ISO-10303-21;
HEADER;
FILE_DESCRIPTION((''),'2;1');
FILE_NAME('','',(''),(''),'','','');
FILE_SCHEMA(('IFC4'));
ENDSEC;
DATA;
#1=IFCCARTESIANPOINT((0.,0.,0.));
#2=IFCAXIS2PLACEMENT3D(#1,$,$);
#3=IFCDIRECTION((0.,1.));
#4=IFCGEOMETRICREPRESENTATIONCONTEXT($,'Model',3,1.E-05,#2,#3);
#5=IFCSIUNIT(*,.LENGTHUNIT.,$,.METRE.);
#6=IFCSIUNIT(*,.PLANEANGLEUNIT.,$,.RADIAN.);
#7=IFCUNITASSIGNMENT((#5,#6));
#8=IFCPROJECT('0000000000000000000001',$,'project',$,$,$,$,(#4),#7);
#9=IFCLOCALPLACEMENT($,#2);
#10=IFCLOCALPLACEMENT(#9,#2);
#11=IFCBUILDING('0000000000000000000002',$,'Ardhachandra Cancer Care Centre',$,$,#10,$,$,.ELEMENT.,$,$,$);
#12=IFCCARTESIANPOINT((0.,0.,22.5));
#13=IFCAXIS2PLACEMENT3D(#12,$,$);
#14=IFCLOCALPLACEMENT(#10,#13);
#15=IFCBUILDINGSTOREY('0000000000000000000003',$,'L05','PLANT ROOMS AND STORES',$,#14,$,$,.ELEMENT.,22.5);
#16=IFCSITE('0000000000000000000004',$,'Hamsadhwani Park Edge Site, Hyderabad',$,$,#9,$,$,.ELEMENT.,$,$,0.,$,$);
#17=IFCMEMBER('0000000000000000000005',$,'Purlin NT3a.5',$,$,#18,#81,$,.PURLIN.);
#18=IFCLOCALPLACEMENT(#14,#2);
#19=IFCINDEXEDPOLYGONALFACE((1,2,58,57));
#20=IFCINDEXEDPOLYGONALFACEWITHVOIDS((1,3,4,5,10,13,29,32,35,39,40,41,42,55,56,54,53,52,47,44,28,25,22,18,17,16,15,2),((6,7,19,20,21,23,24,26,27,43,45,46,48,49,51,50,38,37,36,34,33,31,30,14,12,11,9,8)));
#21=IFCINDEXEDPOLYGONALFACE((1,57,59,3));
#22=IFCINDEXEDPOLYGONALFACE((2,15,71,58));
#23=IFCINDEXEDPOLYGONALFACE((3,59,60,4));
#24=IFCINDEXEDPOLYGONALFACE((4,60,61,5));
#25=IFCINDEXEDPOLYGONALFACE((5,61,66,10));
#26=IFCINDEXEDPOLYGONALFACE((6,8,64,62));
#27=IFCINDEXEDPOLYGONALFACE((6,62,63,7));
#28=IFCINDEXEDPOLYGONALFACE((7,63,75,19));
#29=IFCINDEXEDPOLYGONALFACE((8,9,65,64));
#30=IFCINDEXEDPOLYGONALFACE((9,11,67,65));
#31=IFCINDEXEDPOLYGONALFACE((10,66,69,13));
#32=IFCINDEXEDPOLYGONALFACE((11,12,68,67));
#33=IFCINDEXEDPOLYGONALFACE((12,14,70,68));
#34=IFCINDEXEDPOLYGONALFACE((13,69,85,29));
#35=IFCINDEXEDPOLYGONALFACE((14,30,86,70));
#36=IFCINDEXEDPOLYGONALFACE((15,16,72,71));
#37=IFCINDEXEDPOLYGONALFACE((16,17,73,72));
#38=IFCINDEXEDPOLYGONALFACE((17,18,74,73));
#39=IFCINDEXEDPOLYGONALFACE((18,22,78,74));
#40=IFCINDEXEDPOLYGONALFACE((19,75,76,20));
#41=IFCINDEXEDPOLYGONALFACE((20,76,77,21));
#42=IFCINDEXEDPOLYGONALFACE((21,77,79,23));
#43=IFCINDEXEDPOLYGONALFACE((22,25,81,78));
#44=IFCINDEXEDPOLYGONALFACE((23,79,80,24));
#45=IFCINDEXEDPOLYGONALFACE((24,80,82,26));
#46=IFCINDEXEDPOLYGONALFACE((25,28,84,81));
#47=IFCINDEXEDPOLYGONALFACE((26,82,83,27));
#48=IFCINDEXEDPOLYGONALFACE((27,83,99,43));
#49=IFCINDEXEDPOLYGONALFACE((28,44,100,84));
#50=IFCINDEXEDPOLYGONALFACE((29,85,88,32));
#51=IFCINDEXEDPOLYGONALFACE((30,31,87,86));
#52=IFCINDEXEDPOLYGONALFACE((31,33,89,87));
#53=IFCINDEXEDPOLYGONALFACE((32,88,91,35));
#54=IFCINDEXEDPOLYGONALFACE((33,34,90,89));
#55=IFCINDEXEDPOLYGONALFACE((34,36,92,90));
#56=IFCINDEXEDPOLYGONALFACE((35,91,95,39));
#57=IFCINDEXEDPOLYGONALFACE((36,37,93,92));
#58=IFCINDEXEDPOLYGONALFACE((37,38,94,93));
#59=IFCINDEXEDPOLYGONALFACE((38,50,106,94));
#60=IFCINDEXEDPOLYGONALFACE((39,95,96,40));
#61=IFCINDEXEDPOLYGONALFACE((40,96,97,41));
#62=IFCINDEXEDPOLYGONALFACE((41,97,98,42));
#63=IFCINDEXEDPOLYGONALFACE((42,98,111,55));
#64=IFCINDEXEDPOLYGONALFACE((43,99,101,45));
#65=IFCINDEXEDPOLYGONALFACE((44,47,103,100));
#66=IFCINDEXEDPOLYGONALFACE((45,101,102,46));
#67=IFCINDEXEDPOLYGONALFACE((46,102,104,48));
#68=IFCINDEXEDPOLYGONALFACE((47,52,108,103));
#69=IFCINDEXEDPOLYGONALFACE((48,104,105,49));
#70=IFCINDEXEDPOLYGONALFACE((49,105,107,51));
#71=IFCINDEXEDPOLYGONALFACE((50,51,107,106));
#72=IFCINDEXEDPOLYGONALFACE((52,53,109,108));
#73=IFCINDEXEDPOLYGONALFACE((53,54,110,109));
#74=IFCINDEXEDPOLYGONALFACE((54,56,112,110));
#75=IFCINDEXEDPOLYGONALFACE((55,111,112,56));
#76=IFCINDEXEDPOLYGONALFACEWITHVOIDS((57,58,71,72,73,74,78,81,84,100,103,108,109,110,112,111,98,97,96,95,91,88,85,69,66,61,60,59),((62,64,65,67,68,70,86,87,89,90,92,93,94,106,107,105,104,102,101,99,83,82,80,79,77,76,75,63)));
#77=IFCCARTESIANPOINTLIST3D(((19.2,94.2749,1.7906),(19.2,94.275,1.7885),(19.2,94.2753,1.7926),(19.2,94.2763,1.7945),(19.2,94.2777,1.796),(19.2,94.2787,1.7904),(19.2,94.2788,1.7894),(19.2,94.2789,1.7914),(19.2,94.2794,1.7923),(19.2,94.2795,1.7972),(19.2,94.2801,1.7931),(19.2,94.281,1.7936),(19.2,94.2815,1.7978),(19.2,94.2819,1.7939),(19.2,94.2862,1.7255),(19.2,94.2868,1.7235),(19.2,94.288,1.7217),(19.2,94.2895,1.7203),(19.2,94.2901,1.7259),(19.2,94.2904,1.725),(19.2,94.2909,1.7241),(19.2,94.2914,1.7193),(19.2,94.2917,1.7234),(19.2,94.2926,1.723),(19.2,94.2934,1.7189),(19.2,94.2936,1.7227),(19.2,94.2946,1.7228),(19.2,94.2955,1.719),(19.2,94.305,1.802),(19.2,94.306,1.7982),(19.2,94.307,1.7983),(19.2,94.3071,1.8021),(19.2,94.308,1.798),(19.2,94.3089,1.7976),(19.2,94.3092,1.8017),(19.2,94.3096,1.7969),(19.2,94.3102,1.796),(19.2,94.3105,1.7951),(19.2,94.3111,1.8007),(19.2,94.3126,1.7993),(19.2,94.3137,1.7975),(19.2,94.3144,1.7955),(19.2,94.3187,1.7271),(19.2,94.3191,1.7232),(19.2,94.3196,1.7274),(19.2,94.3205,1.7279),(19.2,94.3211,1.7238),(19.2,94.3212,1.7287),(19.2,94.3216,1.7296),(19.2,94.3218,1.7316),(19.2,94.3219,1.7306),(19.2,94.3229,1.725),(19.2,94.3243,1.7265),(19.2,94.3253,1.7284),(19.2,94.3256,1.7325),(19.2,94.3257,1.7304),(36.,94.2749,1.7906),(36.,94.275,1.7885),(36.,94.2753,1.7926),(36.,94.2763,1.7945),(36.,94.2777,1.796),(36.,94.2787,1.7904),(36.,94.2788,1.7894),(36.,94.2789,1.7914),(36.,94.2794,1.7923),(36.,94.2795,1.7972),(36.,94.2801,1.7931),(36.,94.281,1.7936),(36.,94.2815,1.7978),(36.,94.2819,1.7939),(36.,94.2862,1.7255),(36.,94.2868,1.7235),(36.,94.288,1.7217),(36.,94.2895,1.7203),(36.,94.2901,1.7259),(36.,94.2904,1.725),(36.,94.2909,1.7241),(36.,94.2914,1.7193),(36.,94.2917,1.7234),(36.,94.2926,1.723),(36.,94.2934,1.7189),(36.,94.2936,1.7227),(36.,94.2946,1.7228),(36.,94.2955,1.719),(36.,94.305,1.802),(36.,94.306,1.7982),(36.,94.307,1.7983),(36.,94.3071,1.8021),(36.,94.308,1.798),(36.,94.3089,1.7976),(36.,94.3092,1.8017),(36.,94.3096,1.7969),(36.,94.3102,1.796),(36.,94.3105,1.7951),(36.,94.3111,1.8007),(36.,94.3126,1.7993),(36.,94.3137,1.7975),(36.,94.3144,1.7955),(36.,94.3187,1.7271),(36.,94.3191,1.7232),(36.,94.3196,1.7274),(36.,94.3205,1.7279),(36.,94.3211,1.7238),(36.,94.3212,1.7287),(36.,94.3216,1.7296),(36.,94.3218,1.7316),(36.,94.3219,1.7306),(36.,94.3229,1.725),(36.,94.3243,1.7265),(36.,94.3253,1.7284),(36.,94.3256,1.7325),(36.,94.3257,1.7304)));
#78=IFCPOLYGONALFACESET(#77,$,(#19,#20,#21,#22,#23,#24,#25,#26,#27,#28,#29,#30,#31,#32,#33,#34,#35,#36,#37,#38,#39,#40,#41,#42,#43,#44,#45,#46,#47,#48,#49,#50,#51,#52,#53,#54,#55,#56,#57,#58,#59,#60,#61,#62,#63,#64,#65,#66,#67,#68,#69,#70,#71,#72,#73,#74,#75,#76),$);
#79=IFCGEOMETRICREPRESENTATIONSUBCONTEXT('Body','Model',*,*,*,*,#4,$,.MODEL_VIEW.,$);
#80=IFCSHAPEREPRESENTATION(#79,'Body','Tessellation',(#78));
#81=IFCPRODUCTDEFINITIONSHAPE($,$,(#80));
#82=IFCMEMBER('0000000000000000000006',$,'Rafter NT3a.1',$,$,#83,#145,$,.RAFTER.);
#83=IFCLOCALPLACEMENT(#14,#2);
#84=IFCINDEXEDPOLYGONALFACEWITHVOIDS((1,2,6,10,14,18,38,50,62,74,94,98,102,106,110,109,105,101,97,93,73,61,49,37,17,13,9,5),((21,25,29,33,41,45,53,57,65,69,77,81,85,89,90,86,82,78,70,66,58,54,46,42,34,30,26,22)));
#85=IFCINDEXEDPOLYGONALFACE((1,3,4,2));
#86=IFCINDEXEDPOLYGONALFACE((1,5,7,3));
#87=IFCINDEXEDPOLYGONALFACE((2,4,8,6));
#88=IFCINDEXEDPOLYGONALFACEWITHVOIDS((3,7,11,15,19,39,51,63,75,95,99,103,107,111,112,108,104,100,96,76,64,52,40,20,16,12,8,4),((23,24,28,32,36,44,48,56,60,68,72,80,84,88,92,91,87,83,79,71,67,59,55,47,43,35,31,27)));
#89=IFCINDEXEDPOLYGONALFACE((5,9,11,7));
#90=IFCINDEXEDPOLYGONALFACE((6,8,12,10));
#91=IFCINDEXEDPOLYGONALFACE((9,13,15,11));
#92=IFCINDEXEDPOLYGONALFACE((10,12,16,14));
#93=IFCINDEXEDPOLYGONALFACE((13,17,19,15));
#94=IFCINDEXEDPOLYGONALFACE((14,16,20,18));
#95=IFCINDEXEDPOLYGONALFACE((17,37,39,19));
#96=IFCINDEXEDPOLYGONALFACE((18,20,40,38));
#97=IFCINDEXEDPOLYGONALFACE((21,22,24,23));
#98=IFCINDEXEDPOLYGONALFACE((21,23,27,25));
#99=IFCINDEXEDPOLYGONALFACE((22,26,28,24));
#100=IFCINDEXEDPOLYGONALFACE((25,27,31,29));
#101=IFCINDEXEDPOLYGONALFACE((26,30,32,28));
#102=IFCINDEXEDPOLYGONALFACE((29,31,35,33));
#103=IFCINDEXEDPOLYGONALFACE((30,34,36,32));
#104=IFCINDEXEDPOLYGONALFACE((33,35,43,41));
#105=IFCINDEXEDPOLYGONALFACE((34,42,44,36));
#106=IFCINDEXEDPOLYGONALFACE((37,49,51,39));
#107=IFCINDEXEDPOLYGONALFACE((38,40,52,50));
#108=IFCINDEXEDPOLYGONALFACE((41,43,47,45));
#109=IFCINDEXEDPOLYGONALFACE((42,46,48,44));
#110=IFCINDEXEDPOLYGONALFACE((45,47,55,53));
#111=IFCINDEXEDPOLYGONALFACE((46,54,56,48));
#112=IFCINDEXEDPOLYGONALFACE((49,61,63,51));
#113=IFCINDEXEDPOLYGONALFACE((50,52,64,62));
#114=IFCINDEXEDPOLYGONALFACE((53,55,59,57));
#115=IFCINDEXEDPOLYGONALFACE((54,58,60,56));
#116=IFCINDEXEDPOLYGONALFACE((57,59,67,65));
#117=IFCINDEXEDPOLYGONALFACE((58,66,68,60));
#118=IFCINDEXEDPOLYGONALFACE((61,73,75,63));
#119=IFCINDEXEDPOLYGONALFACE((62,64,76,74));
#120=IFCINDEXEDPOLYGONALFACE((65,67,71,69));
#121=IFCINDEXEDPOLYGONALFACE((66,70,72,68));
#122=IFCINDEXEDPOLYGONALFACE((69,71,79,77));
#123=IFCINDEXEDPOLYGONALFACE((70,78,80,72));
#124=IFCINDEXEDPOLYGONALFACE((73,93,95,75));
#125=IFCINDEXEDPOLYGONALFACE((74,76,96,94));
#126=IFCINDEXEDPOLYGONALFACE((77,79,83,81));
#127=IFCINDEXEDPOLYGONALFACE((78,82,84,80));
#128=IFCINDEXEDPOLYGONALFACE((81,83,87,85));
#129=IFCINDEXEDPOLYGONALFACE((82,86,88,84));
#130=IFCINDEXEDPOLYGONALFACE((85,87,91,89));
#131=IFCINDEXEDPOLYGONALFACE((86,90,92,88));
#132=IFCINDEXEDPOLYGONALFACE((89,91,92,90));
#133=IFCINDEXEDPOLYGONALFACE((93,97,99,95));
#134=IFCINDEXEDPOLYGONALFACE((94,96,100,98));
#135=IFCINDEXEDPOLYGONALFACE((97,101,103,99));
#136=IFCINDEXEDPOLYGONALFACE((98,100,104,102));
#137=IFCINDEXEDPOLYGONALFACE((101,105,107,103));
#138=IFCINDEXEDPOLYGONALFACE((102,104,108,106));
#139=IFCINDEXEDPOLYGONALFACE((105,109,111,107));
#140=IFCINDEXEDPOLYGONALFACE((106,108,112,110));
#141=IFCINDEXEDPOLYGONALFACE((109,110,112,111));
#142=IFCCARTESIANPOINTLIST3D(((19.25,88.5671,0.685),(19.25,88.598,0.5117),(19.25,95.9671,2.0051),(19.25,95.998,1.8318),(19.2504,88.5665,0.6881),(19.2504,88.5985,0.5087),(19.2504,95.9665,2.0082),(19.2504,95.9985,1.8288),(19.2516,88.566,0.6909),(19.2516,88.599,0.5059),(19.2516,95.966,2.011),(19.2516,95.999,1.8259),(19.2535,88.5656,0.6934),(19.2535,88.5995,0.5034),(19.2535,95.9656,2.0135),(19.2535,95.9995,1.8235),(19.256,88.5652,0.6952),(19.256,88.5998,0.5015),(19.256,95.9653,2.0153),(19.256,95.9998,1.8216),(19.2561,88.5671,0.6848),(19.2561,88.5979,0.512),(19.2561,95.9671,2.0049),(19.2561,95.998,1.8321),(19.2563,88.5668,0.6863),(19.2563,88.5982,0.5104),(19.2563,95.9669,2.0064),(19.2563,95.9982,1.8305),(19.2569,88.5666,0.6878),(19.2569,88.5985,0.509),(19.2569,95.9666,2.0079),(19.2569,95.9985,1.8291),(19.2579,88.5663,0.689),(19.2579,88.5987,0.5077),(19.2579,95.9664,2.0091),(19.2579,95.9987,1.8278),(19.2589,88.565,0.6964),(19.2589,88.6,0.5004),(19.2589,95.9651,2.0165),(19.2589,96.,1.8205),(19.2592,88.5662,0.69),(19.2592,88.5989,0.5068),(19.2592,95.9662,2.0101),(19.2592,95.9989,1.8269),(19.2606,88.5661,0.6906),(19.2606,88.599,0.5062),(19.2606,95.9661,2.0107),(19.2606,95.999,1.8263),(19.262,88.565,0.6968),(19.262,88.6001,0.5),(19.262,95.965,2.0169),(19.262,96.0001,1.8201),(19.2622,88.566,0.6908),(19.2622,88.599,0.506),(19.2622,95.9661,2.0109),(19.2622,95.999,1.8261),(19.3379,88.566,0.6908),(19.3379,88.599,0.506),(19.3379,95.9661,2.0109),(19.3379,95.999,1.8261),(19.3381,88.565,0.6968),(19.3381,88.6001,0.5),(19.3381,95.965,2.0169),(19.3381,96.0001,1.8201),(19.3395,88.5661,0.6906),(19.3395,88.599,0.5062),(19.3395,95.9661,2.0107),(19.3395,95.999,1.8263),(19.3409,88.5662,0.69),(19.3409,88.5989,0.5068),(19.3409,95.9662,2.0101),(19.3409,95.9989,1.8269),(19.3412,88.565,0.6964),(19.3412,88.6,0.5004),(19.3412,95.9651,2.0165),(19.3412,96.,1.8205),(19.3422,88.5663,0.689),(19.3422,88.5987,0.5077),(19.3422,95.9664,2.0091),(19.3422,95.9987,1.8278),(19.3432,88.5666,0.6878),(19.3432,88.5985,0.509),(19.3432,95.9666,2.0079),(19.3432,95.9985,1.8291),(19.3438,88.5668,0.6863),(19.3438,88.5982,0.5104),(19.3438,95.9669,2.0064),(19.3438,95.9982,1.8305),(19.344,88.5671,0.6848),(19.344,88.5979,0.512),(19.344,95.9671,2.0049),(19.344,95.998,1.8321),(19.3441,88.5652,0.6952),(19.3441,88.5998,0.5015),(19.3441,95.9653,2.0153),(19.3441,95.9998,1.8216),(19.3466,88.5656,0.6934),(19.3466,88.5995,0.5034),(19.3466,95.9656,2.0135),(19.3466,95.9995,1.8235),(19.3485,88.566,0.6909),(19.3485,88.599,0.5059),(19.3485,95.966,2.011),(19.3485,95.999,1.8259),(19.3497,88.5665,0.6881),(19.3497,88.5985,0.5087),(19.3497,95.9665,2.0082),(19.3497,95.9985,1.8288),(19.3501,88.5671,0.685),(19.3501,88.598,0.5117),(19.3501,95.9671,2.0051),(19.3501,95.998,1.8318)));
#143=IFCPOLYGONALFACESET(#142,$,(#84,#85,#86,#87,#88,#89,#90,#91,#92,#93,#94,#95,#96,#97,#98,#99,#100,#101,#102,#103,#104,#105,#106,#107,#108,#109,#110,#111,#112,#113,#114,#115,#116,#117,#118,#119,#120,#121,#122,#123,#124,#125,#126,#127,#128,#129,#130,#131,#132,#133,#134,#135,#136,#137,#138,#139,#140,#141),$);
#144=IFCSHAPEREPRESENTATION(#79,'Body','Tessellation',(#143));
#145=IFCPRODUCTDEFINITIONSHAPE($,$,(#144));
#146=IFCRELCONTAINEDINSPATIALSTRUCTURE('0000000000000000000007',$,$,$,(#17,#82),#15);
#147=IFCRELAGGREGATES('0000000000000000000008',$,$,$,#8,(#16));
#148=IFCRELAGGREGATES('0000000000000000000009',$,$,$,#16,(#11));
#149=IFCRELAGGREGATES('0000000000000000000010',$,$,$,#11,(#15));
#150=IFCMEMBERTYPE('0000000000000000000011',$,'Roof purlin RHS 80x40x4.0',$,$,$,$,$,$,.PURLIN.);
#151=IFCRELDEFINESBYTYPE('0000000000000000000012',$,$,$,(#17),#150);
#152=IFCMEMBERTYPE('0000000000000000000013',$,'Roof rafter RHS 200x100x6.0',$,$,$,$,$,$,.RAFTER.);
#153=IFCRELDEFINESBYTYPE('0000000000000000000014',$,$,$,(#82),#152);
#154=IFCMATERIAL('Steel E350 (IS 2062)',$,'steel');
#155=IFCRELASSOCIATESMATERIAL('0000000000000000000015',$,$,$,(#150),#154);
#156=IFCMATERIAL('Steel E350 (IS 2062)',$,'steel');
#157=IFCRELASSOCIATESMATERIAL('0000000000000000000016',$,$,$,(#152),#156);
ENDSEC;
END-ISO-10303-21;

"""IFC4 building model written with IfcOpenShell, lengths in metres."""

from ifc_helpers import new_model, si_unit, direction, frame, origin, origin_2d, place, context, subcontext, project, spatial, hollow_rectangle, extrude, material, material_profile, profile_set, type_object, element, save


model = new_model("IFC4")

# Units and contexts
model_context = context("Model", 3, precision=1e-05, world=origin(), true_north=direction((0.0, 1.0)))
body_context = subcontext(model_context, "Body", "Model", "MODEL_VIEW")
ifc_project = project(units=[si_unit("LENGTHUNIT", "METRE"), si_unit("PLANEANGLEUNIT", "RADIAN")], contexts=[model_context])

# Site, building, storey
site_placement = place(None, origin())
site = spatial("IfcSite", under=ifc_project, at=site_placement, Name="Hamsadhwani Park Edge Site, Hyderabad", CompositionType="ELEMENT", RefElevation=0.0)
building_placement = place(site_placement, origin())
building = spatial("IfcBuilding", under=site, at=building_placement, Name="Ardhachandra Cancer Care Centre", CompositionType="ELEMENT")
storey_placement = place(building_placement, frame((0.0, 0.0, 22.5)))
storey = spatial("IfcBuildingStorey", under=building, at=storey_placement, Name="L05", Description="PLANT ROOMS AND STORES", CompositionType="ELEMENT", Elevation=22.5)

# Members
ifc_material_1 = material(Name="Steel E350 (IS 2062)", Category="steel")
ifc_material_profile_1 = material_profile(ifc_material_1, hollow_rectangle(XDim=0.04, YDim=0.0801, WallThickness=0.0039, InnerFilletRadius=0.0039, OuterFilletRadius=0.0081, at=origin_2d()), Name="RHS 80x40x4.0")
ifc_profile_set_1 = profile_set([ifc_material_profile_1], Name="Steel E350 (IS 2062)")
member_type_1 = type_object("IfcMemberType", Name="Roof purlin RHS 80x40x4.0", PredefinedType="PURLIN", material=ifc_profile_set_1)
for number, where, z_axis, x_axis, name in (
    (1, (19.2, 94.3003, 1.7605), (1.0, 0.0, 0.0), (0.0, 0.98446, 0.175606), "Purlin NT3a.5"),
):
    element("IfcMember", number, at=place(storey_placement, frame(where, z_axis=z_axis, x_axis=x_axis)), inside=storey, type_object=member_type_1, Name=name, PredefinedType="PURLIN", context=body_context, shape_type="SweptSolid", body=[
        extrude(hollow_rectangle(XDim=0.04, YDim=0.0801, WallThickness=0.0039, InnerFilletRadius=0.0039, OuterFilletRadius=0.0081, at=origin_2d()), origin(), (0.0, 0.0, 1.0), 16.8),
    ])
ifc_material_2 = material(Name="Steel E350 (IS 2062)", Category="steel")
ifc_material_profile_2 = material_profile(ifc_material_2, hollow_rectangle(XDim=0.1001, YDim=0.2, WallThickness=0.0061, InnerFilletRadius=0.0061, OuterFilletRadius=0.012, at=origin_2d()), Name="RHS 200x100x6.0")
ifc_profile_set_2 = profile_set([ifc_material_profile_2], Name="Steel E350 (IS 2062)")
member_type_2 = type_object("IfcMemberType", Name="Roof rafter RHS 200x100x6.0", PredefinedType="RAFTER", material=ifc_profile_set_2)
for number, where, z_axis, x_axis, name in (
    (2, (19.3, 88.5825, 0.5984), (0.0, 0.984458, 0.175618), (-1.0, 0.0, 0.0), "Rafter NT3a.1"),
):
    element("IfcMember", number, at=place(storey_placement, frame(where, z_axis=z_axis, x_axis=x_axis)), inside=storey, type_object=member_type_2, Name=name, PredefinedType="RAFTER", context=body_context, shape_type="SweptSolid", body=[
        extrude(hollow_rectangle(XDim=0.1001, YDim=0.2, WallThickness=0.0061, InnerFilletRadius=0.0061, OuterFilletRadius=0.012, at=origin_2d()), origin(), (0.0, 0.0, 1.0), 7.5168),
    ])

save(model, "model.ifc")
